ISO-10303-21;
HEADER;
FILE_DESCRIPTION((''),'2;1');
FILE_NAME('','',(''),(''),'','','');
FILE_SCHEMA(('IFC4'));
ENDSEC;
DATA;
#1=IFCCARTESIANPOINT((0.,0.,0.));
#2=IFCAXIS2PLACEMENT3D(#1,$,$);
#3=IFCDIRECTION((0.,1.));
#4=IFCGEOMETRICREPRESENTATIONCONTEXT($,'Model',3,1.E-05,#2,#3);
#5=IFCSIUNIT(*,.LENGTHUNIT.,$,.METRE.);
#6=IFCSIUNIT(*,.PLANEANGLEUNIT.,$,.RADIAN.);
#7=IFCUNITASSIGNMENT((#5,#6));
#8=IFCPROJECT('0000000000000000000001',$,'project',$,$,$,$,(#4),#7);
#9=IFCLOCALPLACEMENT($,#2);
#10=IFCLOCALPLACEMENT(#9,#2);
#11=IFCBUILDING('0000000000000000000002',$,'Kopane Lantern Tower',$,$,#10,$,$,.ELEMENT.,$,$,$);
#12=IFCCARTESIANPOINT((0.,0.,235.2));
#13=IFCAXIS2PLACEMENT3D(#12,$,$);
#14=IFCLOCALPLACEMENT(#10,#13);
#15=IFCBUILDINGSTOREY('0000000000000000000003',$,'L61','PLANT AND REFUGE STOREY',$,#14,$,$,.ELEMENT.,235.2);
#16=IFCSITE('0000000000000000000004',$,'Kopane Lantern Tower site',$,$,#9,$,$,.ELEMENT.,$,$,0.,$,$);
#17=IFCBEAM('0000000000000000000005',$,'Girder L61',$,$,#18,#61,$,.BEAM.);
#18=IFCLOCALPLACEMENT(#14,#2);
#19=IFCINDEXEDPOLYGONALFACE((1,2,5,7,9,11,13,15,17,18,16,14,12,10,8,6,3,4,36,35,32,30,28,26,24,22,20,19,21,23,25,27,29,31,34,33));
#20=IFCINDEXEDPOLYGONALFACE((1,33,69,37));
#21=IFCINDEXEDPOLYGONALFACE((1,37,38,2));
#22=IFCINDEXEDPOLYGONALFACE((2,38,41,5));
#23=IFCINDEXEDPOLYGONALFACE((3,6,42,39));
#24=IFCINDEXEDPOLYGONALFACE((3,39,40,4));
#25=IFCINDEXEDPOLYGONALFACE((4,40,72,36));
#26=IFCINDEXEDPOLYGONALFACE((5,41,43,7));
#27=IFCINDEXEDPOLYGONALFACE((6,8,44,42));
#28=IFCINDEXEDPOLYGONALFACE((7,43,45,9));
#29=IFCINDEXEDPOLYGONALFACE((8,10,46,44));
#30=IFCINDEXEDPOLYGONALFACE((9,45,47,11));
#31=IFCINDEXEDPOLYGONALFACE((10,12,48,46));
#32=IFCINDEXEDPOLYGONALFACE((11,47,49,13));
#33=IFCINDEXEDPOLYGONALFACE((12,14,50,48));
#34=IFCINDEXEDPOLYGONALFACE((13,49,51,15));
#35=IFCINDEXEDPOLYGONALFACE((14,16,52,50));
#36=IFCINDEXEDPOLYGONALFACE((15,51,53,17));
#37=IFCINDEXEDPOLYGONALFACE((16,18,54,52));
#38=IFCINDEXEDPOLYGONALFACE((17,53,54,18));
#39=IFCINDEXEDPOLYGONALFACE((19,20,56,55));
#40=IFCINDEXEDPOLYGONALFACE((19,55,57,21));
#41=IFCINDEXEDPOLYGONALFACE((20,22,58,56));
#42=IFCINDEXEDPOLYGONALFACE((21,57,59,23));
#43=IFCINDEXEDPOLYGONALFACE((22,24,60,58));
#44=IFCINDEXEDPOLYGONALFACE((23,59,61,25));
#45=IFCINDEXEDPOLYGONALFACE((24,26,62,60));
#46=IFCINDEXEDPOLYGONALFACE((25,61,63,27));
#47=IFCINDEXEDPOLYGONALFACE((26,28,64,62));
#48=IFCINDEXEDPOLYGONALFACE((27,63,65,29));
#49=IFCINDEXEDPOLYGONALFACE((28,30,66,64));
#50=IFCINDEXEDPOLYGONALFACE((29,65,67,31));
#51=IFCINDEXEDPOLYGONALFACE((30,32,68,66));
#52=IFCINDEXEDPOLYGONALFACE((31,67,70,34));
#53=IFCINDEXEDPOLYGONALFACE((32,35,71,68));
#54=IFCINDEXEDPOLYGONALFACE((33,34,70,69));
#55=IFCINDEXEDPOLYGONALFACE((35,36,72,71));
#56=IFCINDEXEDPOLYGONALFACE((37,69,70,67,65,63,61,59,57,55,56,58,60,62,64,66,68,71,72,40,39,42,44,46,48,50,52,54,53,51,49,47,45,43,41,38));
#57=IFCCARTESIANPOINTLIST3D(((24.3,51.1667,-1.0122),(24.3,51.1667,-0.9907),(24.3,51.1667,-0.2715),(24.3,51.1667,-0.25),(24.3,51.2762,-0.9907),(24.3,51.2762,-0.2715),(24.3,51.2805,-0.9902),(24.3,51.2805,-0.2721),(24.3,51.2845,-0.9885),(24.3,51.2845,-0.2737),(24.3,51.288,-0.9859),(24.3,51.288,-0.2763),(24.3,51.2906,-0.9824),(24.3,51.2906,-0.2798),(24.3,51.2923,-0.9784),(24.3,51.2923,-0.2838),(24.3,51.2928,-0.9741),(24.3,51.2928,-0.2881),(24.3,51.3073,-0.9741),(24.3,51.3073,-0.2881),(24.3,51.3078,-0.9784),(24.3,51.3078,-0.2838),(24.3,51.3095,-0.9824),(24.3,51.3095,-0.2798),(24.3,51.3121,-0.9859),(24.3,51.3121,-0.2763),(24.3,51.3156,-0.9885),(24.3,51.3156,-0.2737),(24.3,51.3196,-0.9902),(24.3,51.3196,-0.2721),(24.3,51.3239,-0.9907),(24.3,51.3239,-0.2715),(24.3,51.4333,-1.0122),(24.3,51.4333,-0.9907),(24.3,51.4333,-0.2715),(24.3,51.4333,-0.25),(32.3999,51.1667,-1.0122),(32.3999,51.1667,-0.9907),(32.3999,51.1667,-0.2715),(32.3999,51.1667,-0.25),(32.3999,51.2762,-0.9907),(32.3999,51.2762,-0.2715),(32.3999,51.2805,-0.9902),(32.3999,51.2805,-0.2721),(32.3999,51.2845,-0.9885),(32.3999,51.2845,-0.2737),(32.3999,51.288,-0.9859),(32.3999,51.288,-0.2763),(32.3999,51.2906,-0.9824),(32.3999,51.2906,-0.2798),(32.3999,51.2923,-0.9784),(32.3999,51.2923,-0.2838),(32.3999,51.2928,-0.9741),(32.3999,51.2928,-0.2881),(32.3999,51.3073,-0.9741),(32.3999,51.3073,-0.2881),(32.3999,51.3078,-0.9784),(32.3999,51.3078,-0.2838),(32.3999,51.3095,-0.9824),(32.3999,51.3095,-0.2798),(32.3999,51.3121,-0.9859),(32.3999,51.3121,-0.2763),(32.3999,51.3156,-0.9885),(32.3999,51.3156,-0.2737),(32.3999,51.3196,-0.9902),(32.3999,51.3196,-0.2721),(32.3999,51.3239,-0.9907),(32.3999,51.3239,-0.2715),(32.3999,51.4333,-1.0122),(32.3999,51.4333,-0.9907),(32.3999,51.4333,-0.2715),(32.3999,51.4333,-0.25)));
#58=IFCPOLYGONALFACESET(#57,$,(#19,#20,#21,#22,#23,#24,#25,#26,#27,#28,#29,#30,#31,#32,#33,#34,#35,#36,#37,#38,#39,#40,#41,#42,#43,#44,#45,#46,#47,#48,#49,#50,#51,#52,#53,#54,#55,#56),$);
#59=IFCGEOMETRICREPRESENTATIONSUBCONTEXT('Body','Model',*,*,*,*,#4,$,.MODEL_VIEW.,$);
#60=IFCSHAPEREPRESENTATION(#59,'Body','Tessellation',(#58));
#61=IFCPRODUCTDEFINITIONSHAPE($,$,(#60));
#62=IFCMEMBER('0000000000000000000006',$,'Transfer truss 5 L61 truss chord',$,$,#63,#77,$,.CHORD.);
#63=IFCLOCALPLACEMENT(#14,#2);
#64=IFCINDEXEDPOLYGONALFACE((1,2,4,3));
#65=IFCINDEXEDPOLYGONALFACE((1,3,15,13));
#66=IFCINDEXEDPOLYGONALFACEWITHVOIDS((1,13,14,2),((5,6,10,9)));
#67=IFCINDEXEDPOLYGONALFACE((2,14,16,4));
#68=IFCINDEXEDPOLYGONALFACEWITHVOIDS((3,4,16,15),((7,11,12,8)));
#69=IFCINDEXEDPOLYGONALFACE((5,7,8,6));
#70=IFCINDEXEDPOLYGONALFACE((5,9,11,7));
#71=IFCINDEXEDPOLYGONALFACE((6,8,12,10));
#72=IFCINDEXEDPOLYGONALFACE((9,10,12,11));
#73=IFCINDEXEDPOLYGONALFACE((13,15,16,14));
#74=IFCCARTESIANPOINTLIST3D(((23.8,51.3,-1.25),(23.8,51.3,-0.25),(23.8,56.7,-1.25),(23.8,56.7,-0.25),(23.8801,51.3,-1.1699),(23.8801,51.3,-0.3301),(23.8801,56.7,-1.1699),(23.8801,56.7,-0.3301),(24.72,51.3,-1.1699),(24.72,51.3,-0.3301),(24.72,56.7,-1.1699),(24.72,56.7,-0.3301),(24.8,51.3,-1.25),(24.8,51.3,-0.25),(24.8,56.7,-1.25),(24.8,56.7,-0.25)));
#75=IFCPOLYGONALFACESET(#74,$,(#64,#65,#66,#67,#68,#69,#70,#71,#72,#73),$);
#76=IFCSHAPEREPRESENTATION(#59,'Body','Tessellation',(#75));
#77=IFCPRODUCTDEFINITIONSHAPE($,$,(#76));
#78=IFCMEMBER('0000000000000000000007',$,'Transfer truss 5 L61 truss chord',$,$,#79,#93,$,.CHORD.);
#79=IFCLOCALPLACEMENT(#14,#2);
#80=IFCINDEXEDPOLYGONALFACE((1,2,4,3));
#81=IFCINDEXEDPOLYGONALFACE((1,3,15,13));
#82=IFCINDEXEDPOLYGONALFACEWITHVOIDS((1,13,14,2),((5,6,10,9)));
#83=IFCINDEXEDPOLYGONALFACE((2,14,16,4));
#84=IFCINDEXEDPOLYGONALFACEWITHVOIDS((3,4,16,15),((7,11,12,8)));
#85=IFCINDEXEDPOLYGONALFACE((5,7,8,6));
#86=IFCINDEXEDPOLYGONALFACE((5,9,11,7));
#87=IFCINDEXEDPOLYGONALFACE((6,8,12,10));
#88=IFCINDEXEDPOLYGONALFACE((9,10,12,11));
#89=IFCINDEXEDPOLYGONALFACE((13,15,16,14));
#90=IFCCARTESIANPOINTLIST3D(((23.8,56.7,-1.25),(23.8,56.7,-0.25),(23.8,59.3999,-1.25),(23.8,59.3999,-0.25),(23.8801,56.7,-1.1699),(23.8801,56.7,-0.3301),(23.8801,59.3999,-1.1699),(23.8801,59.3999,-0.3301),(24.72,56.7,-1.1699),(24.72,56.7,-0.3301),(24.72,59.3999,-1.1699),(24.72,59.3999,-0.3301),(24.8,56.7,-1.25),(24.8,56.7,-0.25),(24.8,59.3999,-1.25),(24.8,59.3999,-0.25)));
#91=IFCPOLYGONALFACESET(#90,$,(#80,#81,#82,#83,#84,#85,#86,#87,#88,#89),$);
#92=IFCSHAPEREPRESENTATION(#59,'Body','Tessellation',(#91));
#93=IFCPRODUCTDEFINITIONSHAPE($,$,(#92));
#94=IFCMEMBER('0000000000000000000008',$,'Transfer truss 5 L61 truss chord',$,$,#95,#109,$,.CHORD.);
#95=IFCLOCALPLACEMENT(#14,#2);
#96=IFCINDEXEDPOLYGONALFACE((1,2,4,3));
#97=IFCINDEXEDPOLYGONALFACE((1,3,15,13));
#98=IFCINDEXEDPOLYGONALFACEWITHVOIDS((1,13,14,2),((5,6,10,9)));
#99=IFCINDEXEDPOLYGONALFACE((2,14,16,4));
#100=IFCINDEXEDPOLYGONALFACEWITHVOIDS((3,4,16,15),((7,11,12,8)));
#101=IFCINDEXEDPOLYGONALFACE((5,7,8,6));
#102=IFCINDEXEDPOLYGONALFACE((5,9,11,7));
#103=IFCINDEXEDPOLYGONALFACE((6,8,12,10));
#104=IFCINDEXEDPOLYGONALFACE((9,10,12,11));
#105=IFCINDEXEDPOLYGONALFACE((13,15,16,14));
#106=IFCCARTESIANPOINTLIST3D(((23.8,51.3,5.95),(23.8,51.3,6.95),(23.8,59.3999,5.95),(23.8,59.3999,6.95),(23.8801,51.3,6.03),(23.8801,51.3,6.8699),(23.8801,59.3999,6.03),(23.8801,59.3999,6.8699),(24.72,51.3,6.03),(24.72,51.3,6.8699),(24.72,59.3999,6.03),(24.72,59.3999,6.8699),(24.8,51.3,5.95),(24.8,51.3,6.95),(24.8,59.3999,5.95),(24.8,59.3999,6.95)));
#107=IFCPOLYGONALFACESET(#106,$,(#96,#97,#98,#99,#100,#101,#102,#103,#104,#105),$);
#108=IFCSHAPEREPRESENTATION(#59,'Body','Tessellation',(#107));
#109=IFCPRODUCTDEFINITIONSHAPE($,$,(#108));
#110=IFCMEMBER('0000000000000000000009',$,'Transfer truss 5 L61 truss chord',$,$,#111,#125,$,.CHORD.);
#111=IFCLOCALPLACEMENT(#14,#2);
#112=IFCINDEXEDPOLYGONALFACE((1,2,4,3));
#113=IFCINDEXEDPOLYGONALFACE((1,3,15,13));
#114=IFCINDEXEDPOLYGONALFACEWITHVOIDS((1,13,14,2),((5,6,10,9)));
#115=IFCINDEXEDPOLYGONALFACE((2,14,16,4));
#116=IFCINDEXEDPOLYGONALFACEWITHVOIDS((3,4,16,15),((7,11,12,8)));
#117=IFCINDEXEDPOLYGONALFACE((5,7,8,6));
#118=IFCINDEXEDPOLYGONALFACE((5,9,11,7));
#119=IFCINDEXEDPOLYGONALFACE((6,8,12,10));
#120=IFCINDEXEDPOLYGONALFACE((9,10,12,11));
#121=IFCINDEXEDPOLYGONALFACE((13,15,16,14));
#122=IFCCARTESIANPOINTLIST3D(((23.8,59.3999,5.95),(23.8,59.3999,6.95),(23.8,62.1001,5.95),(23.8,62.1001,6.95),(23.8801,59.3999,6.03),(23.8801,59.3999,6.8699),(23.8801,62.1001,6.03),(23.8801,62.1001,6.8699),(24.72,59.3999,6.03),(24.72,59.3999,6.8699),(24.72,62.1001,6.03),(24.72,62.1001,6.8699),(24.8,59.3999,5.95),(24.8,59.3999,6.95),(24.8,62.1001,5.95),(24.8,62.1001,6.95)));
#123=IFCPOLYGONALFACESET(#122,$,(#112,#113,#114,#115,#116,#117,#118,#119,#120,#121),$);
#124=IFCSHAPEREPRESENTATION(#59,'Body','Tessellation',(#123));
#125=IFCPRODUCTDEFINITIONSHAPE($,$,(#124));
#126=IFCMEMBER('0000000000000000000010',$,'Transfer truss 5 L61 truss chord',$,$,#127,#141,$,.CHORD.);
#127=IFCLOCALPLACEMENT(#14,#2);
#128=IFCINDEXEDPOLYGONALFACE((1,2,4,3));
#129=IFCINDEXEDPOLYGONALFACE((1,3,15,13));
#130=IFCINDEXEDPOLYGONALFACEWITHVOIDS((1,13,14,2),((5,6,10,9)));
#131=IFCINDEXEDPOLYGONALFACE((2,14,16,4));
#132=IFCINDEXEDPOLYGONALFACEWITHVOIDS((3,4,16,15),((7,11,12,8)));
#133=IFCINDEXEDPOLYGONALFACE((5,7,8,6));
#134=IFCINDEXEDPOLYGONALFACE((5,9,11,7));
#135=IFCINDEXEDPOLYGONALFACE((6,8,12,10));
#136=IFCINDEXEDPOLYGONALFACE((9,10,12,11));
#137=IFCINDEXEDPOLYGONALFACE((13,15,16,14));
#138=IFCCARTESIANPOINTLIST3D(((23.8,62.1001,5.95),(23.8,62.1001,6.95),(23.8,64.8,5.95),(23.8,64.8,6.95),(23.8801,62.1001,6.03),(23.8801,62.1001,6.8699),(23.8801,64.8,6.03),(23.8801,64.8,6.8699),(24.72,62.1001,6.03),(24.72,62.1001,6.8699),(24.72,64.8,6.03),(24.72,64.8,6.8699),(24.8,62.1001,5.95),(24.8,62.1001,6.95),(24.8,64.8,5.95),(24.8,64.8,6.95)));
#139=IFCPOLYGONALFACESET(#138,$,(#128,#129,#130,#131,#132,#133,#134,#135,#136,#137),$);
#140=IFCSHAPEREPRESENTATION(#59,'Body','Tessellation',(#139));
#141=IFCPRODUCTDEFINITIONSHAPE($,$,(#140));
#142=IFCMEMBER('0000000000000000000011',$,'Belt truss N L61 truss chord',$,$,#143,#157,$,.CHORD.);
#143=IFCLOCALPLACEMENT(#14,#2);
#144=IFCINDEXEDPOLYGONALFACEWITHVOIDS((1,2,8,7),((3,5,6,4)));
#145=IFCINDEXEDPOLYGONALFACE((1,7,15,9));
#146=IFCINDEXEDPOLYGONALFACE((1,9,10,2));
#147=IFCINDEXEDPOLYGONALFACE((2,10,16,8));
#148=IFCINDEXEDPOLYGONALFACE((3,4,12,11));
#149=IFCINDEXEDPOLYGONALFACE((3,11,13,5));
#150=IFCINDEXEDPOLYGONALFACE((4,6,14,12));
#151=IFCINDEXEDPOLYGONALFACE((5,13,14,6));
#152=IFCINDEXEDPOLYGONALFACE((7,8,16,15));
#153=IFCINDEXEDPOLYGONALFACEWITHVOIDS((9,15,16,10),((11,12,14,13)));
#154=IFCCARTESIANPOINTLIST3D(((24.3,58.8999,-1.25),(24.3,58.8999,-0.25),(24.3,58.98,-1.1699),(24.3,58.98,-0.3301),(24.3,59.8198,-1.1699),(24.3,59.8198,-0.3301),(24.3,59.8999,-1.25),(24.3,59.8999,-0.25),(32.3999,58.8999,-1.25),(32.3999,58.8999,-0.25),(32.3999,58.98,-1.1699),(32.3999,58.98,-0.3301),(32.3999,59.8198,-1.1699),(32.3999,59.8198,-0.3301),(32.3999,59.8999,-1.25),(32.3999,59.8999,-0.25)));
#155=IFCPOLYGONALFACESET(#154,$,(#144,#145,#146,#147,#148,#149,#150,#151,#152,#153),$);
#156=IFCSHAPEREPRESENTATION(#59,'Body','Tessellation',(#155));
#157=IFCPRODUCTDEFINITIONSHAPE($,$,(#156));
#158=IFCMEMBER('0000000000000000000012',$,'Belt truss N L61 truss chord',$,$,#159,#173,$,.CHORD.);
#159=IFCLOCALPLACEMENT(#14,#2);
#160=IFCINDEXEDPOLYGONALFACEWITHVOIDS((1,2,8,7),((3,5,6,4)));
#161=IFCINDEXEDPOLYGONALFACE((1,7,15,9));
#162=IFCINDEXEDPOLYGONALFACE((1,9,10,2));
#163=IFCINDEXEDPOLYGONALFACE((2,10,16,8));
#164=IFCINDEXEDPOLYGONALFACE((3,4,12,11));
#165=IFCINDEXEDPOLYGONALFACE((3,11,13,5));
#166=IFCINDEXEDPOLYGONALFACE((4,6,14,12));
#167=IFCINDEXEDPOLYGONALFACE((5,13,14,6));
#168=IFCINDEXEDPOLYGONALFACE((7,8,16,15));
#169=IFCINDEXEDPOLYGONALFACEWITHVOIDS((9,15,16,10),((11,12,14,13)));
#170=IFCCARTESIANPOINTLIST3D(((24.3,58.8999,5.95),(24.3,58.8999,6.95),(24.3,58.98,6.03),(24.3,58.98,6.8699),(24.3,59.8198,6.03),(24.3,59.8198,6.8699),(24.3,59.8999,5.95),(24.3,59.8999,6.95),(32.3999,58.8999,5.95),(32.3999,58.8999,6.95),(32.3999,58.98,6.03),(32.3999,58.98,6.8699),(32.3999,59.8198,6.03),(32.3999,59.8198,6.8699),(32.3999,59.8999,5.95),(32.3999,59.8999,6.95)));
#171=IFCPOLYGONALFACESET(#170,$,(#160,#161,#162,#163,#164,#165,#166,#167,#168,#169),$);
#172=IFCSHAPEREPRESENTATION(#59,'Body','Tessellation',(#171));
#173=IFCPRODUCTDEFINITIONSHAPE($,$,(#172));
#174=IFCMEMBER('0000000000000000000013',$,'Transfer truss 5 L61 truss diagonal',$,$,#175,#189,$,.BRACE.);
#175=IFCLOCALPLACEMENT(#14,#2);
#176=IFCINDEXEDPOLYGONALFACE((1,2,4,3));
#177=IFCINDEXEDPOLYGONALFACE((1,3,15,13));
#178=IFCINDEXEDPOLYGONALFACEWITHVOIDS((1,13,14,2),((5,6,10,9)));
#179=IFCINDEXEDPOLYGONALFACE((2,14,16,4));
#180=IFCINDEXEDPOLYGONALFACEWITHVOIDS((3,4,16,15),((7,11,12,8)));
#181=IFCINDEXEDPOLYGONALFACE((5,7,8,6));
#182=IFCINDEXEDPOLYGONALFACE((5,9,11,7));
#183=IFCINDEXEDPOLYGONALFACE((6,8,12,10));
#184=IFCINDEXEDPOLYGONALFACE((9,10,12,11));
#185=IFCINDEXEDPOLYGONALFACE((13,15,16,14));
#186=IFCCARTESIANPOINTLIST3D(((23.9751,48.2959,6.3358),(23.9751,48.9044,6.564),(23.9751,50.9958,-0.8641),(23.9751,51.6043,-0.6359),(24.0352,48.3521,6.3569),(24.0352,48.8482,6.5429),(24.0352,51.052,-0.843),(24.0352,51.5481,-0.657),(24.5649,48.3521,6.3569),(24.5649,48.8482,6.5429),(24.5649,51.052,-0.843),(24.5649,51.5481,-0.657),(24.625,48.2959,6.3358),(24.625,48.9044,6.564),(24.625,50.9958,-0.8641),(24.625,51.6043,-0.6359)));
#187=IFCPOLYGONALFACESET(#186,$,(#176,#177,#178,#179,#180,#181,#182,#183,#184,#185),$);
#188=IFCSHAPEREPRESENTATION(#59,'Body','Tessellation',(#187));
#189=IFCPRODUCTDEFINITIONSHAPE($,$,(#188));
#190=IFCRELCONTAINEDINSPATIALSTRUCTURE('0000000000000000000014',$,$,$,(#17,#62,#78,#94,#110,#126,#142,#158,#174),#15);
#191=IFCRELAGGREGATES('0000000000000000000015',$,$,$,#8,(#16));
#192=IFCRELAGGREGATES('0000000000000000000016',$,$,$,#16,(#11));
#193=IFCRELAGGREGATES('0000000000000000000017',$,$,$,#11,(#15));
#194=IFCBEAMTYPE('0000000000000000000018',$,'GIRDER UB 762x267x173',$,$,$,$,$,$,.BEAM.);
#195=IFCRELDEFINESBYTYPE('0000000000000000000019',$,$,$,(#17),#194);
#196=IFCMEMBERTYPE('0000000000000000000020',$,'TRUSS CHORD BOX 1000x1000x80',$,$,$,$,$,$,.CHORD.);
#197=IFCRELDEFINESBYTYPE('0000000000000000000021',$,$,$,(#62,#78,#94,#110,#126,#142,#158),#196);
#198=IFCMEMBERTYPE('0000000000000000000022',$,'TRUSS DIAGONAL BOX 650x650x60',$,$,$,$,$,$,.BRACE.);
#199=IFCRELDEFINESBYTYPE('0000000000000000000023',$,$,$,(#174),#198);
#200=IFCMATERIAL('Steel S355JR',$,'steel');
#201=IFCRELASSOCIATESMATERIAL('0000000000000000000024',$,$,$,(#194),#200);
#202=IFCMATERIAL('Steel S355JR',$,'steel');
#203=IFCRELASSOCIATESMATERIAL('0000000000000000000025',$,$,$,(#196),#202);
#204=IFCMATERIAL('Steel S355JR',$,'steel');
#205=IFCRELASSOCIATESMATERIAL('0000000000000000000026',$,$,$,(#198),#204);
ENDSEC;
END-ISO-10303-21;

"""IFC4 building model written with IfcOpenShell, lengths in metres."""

from ifc_helpers import new_model, si_unit, direction, frame, origin, origin_2d, place, context, subcontext, project, spatial, hollow_rectangle, i_section, extrude, material, material_profile, profile_set, type_object, element, save


model = new_model("IFC4")

# Units and contexts
model_context = context("Model", 3, precision=1e-05, world=origin(), true_north=direction((0.0, 1.0)))
body_context = subcontext(model_context, "Body", "Model", "MODEL_VIEW")
ifc_project = project(units=[si_unit("LENGTHUNIT", "METRE"), si_unit("PLANEANGLEUNIT", "RADIAN")], contexts=[model_context])

# Site, building, storey
site_placement = place(None, origin())
site = spatial("IfcSite", under=ifc_project, at=site_placement, Name="Kopane Lantern Tower site", CompositionType="ELEMENT", RefElevation=0.0)
building_placement = place(site_placement, origin())
building = spatial("IfcBuilding", under=site, at=building_placement, Name="Kopane Lantern Tower", CompositionType="ELEMENT")
storey_placement = place(building_placement, frame((0.0, 0.0, 235.2)))
storey = spatial("IfcBuildingStorey", under=building, at=storey_placement, Name="L61", Description="PLANT AND REFUGE STOREY", CompositionType="ELEMENT", Elevation=235.2)

# Beam
ifc_material_1 = material(Name="Steel S355JR", Category="steel")
ifc_material_profile_1 = material_profile(ifc_material_1, i_section(OverallWidth=0.2666, OverallDepth=0.7622, WebThickness=0.0144, FlangeThickness=0.0215, FilletRadius=0.0166, at=origin_2d()), Name="UB 762x267x173")
ifc_profile_set_1 = profile_set([ifc_material_profile_1], Name="Steel S355JR")
beam_type = type_object("IfcBeamType", Name="GIRDER UB 762x267x173", PredefinedType="BEAM", material=ifc_profile_set_1)
beam_placement = place(storey_placement, frame((24.3, 51.3, -0.6311), z_axis=(1.0, 0.0, 0.0), x_axis=(0.0, 1.0, 0.0)))
element("IfcBeam", 1, at=beam_placement, inside=storey, type_object=beam_type, Name="Girder L61", PredefinedType="BEAM", context=body_context, shape_type="SweptSolid", body=[
    extrude(i_section(OverallWidth=0.2666, OverallDepth=0.7622, WebThickness=0.0144, FlangeThickness=0.0215, FilletRadius=0.0166, at=origin_2d()), origin(), (0.0, 0.0, 1.0), 8.0999),
])

# Members
ifc_material_2 = material(Name="Steel S355JR", Category="steel")
ifc_material_profile_2 = material_profile(ifc_material_2, hollow_rectangle(XDim=1.0, YDim=1.0, WallThickness=0.0801, at=origin_2d()), Name="BOX 1000x1000x80")
ifc_profile_set_2 = profile_set([ifc_material_profile_2], Name="Steel S355JR")
member_type_1 = type_object("IfcMemberType", Name="TRUSS CHORD BOX 1000x1000x80", PredefinedType="CHORD", material=ifc_profile_set_2)
member_1_placement = place(storey_placement, frame((24.3, 51.3, -0.75), z_axis=(0.0, 1.0, 0.0), x_axis=(-1.0, 0.0, 0.0)))
element("IfcMember", 2, at=member_1_placement, inside=storey, type_object=member_type_1, Name="Transfer truss 5 L61 truss chord", PredefinedType="CHORD", context=body_context, shape_type="SweptSolid", body=[
    extrude(hollow_rectangle(XDim=1.0, YDim=1.0, WallThickness=0.0801, at=origin_2d()), origin(), (0.0, 0.0, 1.0), 5.3999),
])
member_2_placement = place(storey_placement, frame((24.3, 56.7, -0.75), z_axis=(0.0, 1.0, 0.0), x_axis=(-1.0, 0.0, 0.0)))
element("IfcMember", 3, at=member_2_placement, inside=storey, type_object=member_type_1, Name="Transfer truss 5 L61 truss chord", PredefinedType="CHORD", context=body_context, shape_type="SweptSolid", body=[
    extrude(hollow_rectangle(XDim=1.0, YDim=1.0, WallThickness=0.0801, at=origin_2d()), origin(), (0.0, 0.0, 1.0), 2.7),
])
member_3_placement = place(storey_placement, frame((24.3, 51.3, 6.45), z_axis=(0.0, 1.0, 0.0), x_axis=(-1.0, 0.0, 0.0)))
element("IfcMember", 4, at=member_3_placement, inside=storey, type_object=member_type_1, Name="Transfer truss 5 L61 truss chord", PredefinedType="CHORD", context=body_context, shape_type="SweptSolid", body=[
    extrude(hollow_rectangle(XDim=1.0, YDim=1.0, WallThickness=0.0801, at=origin_2d()), origin(), (0.0, 0.0, 1.0), 8.0999),
])
member_4_placement = place(storey_placement, frame((24.3, 59.3999, 6.45), z_axis=(0.0, 1.0, 0.0), x_axis=(-1.0, 0.0, 0.0)))
element("IfcMember", 5, at=member_4_placement, inside=storey, type_object=member_type_1, Name="Transfer truss 5 L61 truss chord", PredefinedType="CHORD", context=body_context, shape_type="SweptSolid", body=[
    extrude(hollow_rectangle(XDim=1.0, YDim=1.0, WallThickness=0.0801, at=origin_2d()), origin(), (0.0, 0.0, 1.0), 2.7002),
])
member_5_placement = place(storey_placement, frame((24.3, 62.1001, 6.45), z_axis=(0.0, 1.0, 0.0), x_axis=(-1.0, 0.0, 0.0)))
element("IfcMember", 6, at=member_5_placement, inside=storey, type_object=member_type_1, Name="Transfer truss 5 L61 truss chord", PredefinedType="CHORD", context=body_context, shape_type="SweptSolid", body=[
    extrude(hollow_rectangle(XDim=1.0, YDim=1.0, WallThickness=0.0801, at=origin_2d()), origin(), (0.0, 0.0, 1.0), 2.7),
])
for number, where, z_axis, x_axis, name in (
    (7, (24.3, 59.3999, -0.75), (1.0, 0.0, 0.0), (0.0, 1.0, 0.0), "Belt truss N L61 truss chord"),
    (8, (24.3, 59.3999, 6.45), (1.0, 0.0, 0.0), (0.0, 1.0, 0.0), "Belt truss N L61 truss chord"),
):
    element("IfcMember", number, at=place(storey_placement, frame(where, z_axis=z_axis, x_axis=x_axis)), inside=storey, type_object=member_type_1, Name=name, PredefinedType="CHORD", context=body_context, shape_type="SweptSolid", body=[
        extrude(hollow_rectangle(XDim=1.0, YDim=1.0, WallThickness=0.0801, at=origin_2d()), origin(), (0.0, 0.0, 1.0), 8.0999),
    ])
ifc_material_3 = material(Name="Steel S355JR", Category="steel")
ifc_material_profile_3 = material_profile(ifc_material_3, hollow_rectangle(XDim=0.6499, YDim=0.6499, WallThickness=0.0601, at=origin_2d()), Name="BOX 650x650x60")
ifc_profile_set_3 = profile_set([ifc_material_profile_3], Name="Steel S355JR")
member_type_2 = type_object("IfcMemberType", Name="TRUSS DIAGONAL BOX 650x650x60", PredefinedType="BRACE", material=ifc_profile_set_3)
member_6_placement = place(storey_placement, frame((24.3, 51.3, -0.75), z_axis=(0.0, -0.35112, 0.93633), x_axis=(1.0, 0.0, 0.0)))
element("IfcMember", 9, at=member_6_placement, inside=storey, type_object=member_type_2, Name="Transfer truss 5 L61 truss diagonal", PredefinedType="BRACE", context=body_context, shape_type="SweptSolid", body=[
    extrude(hollow_rectangle(XDim=0.6499, YDim=0.6499, WallThickness=0.0601, at=origin_2d()), origin(), (0.0, 0.0, 1.0), 7.6895),
])

save(model, "model.ifc")
